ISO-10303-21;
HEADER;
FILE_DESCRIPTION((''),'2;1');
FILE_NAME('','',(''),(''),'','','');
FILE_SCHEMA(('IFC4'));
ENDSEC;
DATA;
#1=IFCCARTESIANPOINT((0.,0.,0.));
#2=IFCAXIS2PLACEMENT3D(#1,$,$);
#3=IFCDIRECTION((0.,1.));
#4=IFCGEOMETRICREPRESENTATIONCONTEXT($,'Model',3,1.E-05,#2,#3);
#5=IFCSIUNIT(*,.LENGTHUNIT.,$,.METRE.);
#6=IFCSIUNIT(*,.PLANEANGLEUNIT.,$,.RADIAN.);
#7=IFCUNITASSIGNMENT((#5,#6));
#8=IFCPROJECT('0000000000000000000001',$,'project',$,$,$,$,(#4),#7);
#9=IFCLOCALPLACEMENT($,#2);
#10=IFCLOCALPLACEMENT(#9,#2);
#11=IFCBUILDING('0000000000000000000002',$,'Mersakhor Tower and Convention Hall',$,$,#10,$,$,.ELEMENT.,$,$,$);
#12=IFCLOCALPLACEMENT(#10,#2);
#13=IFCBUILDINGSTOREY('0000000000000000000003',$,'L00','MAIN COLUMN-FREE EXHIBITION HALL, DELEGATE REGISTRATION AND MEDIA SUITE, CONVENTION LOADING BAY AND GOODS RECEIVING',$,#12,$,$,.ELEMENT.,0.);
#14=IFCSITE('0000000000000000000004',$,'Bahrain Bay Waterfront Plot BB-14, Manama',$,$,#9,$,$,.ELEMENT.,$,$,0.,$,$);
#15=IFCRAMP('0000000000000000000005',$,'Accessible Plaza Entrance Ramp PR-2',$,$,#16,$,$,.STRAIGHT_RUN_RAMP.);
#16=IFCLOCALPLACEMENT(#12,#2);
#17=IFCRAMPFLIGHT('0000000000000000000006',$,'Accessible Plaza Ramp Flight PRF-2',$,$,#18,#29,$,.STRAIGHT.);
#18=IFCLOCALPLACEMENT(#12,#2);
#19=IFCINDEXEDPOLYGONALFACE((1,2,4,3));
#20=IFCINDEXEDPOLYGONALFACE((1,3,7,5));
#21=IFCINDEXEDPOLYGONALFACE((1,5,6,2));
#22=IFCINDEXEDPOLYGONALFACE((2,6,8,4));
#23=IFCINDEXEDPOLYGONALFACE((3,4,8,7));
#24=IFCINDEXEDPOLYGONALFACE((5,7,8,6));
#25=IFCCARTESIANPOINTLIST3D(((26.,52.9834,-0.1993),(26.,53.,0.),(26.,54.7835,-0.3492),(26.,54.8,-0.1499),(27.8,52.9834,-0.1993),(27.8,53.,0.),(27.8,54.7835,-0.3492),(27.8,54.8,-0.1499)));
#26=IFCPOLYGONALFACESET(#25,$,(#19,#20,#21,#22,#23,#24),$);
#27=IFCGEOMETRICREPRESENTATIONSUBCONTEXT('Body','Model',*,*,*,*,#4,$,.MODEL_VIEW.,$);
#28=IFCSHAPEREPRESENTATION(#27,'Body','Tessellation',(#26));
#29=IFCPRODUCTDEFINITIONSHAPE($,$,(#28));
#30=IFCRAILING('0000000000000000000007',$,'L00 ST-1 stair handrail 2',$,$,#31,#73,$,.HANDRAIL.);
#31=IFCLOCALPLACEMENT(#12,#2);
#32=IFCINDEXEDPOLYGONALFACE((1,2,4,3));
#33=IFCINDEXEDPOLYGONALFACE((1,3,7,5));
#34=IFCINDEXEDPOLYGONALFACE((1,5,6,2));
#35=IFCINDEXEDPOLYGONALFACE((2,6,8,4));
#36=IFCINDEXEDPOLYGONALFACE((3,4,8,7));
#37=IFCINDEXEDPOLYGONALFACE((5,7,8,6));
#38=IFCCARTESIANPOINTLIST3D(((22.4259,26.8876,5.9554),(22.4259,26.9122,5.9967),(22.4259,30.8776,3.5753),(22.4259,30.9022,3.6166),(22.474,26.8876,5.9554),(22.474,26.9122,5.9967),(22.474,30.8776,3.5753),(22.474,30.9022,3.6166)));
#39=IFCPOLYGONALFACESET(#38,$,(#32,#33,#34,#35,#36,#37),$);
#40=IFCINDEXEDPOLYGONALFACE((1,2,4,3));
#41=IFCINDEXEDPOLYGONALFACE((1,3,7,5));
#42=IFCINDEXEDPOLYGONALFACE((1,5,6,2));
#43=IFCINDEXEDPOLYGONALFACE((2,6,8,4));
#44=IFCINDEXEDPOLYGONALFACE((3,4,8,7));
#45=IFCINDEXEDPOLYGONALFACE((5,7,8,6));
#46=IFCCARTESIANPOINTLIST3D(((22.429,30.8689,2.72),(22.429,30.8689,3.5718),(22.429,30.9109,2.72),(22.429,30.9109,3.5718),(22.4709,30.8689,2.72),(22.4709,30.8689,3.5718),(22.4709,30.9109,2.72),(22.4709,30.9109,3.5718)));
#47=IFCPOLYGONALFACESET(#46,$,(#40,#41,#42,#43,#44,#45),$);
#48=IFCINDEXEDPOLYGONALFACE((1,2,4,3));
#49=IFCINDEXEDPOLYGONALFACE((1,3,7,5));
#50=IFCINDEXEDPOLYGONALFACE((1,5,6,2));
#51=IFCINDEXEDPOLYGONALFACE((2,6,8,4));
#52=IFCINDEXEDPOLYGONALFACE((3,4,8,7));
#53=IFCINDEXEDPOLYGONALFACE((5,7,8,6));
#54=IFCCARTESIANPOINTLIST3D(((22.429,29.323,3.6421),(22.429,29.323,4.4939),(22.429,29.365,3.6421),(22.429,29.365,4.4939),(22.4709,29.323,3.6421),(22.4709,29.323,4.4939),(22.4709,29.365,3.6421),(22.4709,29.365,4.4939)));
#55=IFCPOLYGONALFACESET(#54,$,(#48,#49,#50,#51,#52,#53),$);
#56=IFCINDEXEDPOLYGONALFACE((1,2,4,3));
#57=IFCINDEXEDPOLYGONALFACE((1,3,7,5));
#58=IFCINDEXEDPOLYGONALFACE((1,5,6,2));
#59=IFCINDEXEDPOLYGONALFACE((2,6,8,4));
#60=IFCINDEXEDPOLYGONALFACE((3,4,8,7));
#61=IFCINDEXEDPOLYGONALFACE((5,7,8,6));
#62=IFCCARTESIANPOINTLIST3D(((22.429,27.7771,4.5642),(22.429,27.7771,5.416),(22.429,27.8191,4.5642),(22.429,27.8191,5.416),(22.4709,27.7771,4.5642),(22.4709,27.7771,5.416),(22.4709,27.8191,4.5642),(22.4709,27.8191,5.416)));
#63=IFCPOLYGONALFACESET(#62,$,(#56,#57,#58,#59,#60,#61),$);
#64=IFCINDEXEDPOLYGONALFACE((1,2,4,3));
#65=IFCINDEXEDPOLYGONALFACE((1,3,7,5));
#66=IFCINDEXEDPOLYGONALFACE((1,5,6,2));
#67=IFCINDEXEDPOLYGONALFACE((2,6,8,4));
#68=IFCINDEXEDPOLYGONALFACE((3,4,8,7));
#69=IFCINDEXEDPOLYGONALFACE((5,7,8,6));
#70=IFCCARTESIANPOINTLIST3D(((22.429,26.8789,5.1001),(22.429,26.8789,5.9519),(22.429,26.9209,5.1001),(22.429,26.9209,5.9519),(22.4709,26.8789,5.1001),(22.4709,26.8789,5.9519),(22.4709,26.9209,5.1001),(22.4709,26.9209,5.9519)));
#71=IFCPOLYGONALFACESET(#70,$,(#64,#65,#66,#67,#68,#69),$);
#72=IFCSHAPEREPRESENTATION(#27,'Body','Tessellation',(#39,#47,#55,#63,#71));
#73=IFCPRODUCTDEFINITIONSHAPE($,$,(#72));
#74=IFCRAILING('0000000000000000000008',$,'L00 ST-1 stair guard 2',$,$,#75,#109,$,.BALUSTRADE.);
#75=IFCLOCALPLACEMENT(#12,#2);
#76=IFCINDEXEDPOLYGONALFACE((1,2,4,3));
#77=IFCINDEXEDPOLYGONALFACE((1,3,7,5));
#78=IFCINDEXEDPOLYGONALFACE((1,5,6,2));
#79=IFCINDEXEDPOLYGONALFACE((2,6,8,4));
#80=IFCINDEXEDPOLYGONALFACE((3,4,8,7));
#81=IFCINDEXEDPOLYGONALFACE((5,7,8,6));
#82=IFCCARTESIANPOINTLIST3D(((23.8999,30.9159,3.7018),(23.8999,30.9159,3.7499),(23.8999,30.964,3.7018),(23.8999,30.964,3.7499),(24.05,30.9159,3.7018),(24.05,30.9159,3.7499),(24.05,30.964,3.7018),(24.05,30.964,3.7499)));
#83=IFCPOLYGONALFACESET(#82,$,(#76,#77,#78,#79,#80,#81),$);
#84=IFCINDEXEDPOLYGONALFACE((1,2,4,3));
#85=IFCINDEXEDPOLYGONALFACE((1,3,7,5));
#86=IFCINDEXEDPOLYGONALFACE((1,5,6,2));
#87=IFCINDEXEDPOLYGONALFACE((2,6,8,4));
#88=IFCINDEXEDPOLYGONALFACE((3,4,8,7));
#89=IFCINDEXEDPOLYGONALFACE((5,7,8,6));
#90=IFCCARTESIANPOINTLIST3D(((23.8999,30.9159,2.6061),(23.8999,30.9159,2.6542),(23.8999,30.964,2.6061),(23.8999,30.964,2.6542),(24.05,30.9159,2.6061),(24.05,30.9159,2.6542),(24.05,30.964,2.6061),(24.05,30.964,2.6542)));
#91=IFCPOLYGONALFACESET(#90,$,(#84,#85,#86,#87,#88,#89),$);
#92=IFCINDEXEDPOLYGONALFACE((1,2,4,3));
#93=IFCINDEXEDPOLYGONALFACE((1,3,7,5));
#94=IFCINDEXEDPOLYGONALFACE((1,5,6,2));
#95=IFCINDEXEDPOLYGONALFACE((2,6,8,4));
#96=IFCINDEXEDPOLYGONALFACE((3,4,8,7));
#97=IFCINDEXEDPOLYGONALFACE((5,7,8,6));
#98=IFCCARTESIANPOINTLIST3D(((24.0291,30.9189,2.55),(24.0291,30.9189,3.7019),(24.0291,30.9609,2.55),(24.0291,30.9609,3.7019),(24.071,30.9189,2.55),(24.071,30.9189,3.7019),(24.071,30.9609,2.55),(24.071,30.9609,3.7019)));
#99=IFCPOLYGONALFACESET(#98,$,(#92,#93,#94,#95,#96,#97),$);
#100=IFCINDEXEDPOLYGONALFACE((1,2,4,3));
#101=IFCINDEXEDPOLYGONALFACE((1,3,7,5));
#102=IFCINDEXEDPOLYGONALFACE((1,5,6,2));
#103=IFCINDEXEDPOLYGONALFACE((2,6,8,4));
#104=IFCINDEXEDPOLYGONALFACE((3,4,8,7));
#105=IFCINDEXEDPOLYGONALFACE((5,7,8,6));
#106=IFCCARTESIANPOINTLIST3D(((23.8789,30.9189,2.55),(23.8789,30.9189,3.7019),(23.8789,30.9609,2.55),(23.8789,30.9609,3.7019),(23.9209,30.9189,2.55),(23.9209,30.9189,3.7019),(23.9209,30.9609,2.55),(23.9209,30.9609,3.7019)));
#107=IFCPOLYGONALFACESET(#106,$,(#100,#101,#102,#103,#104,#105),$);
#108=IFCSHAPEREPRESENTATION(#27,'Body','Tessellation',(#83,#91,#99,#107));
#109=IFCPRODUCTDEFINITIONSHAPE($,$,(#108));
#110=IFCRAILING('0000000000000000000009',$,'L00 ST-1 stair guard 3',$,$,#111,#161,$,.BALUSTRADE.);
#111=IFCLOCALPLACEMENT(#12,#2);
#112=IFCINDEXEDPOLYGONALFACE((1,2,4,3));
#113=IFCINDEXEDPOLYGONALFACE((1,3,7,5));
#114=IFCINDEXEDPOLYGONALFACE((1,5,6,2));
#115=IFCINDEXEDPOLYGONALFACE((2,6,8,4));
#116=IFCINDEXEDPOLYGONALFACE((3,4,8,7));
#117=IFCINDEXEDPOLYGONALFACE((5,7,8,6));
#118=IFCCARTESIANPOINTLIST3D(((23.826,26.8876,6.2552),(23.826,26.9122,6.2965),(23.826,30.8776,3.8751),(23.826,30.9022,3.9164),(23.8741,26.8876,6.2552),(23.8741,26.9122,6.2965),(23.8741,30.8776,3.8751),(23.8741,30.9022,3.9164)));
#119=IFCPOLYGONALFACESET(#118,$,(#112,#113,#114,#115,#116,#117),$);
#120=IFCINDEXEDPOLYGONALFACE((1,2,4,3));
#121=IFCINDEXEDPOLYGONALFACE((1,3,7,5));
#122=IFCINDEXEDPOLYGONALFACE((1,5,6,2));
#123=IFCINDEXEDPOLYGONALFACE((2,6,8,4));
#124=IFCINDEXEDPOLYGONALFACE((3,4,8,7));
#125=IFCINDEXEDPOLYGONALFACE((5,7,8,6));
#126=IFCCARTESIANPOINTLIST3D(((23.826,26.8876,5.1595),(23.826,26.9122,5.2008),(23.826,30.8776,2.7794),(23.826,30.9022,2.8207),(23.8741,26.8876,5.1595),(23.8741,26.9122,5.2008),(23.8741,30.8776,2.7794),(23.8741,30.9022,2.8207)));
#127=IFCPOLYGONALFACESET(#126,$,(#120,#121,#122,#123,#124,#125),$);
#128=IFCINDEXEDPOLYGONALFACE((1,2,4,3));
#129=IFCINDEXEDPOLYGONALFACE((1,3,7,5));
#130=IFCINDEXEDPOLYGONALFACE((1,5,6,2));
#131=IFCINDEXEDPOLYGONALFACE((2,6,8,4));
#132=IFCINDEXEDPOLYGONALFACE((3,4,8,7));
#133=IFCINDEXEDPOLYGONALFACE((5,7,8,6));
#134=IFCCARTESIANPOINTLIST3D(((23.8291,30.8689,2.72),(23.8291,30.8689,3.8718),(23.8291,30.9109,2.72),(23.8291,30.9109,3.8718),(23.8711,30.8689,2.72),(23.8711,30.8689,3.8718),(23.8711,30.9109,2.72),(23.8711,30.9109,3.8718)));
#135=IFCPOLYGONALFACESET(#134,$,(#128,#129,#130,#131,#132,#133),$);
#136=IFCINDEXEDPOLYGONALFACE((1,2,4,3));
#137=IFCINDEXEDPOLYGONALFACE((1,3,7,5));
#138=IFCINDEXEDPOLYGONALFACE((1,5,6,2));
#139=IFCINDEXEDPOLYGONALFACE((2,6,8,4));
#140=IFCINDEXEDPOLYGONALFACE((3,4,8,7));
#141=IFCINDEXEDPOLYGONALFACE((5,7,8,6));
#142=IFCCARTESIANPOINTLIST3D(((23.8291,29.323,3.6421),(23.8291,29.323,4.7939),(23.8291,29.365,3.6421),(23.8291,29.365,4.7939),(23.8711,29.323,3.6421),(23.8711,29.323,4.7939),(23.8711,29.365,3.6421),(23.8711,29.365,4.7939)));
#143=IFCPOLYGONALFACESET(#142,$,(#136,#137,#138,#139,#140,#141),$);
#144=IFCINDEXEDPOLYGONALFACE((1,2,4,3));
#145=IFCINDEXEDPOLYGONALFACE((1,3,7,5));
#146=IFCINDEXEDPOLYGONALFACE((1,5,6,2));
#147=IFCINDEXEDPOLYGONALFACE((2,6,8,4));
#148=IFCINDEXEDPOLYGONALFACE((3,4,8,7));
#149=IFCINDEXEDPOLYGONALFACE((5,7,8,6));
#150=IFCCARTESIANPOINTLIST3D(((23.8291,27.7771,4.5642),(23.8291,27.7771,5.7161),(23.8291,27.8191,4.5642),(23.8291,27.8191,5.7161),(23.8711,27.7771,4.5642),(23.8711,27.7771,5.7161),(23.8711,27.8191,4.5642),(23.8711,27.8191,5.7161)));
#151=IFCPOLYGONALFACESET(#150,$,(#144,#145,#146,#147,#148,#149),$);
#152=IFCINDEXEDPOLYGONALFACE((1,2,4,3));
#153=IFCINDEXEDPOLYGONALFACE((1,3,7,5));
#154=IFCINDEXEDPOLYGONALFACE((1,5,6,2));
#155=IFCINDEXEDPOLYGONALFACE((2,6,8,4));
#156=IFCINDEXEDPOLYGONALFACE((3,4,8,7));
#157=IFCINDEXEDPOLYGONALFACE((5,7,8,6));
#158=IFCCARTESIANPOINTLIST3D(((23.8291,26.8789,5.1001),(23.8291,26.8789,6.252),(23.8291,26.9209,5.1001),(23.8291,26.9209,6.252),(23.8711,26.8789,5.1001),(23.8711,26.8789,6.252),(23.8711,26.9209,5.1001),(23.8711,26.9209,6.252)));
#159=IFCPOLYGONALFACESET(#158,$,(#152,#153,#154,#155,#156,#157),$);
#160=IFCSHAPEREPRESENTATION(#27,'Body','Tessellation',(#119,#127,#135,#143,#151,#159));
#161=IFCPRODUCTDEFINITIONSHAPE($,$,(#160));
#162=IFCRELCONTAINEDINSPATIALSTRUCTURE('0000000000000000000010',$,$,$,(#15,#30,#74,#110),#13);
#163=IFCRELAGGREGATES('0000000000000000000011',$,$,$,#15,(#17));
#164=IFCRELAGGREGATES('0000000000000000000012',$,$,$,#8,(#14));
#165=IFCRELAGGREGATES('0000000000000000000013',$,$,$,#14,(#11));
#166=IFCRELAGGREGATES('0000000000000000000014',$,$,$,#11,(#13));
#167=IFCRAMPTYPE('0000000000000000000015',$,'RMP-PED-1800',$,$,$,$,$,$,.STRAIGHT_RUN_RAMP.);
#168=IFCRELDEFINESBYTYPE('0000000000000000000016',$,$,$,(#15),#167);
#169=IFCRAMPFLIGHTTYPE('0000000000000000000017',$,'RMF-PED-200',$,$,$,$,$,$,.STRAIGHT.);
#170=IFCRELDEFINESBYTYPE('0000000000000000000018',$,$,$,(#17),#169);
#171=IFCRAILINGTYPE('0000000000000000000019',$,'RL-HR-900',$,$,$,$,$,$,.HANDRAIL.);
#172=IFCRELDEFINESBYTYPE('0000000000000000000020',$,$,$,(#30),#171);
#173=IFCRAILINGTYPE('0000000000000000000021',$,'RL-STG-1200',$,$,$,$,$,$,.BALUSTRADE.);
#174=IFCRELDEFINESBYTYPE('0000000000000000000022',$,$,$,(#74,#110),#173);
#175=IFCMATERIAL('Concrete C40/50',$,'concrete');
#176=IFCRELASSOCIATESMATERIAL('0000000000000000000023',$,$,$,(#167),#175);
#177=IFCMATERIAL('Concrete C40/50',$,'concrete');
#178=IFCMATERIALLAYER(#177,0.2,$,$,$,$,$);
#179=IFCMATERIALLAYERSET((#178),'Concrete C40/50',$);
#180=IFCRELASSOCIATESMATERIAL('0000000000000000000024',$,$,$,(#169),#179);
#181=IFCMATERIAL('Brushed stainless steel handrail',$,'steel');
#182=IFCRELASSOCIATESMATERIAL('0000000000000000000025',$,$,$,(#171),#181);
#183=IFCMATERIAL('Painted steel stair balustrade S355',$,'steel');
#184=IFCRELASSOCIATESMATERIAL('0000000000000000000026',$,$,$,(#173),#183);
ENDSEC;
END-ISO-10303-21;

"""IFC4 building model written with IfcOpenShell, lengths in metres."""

from ifc_helpers import new_model, si_unit, direction, frame, origin, origin_2d, place, context, subcontext, project, spatial, polyline, rectangle, outline, extrude, material, layer, layer_set, type_object, element, aggregate, save


model = new_model("IFC4")

# Units and contexts
model_context = context("Model", 3, precision=1e-05, world=origin(), true_north=direction((0.0, 1.0)))
body_context = subcontext(model_context, "Body", "Model", "MODEL_VIEW")
ifc_project = project(units=[si_unit("LENGTHUNIT", "METRE"), si_unit("PLANEANGLEUNIT", "RADIAN")], contexts=[model_context])

# Site, building, storey
site_placement = place(None, origin())
site = spatial("IfcSite", under=ifc_project, at=site_placement, Name="Bahrain Bay Waterfront Plot BB-14, Manama", CompositionType="ELEMENT", RefElevation=0.0)
building_placement = place(site_placement, origin())
building = spatial("IfcBuilding", under=site, at=building_placement, Name="Mersakhor Tower and Convention Hall", CompositionType="ELEMENT")
storey_placement = place(building_placement, origin())
storey = spatial("IfcBuildingStorey", under=building, at=storey_placement, Name="L00", Description="MAIN COLUMN-FREE EXHIBITION HALL, DELEGATE REGISTRATION AND MEDIA SUITE, CONVENTION LOADING BAY AND GOODS RECEIVING", CompositionType="ELEMENT", Elevation=0.0)

# Ramp, ramp flight
ifc_material_1 = material(Name="Concrete C40/50", Category="concrete")
ramp_type = type_object("IfcRampType", Name="RMP-PED-1800", PredefinedType="STRAIGHT_RUN_RAMP", material=ifc_material_1)
ifc_material_2 = material(Name="Concrete C40/50", Category="concrete")
ifc_layer_1 = layer(ifc_material_2, 0.2)
ifc_layer_set_1 = layer_set([ifc_layer_1], Name="Concrete C40/50")
ramp_flight_type = type_object("IfcRampFlightType", Name="RMF-PED-200", PredefinedType="STRAIGHT", material=ifc_layer_set_1)
ramp_1_placement = place(storey_placement, origin())
ramp_1 = element("IfcRamp", 1, at=ramp_1_placement, inside=storey, type_object=ramp_type, Name="Accessible Plaza Entrance Ramp PR-2", PredefinedType="STRAIGHT_RUN_RAMP")
ramp_flight_1_placement = place(storey_placement, frame((26.0, 54.8, -0.1499), z_axis=(0.0, 0.08299, 0.99655), x_axis=(1.0, 0.0, 0.0)))
ramp_flight_1 = element("IfcRampFlight", 2, at=ramp_flight_1_placement, type_object=ramp_flight_type, Name="Accessible Plaza Ramp Flight PRF-2", PredefinedType="STRAIGHT", context=body_context, shape_type="SweptSolid", body=[
    extrude(outline(polyline([(0.0, 0.0), (1.8, 0.0), (1.8, -1.8063), (0.0, -1.8063), (0.0, 0.0)])), origin(), (0.0, 0.0, -1.0), 0.2),
])
aggregate(ramp_1, [ramp_flight_1])

# Railings
ifc_material_3 = material(Name="Brushed stainless steel handrail", Category="steel")
railing_type_1 = type_object("IfcRailingType", Name="RL-HR-900", PredefinedType="HANDRAIL", material=ifc_material_3)
railing_1_placement = place(storey_placement, frame((22.45, 30.8899, 2.72)))
element("IfcRailing", 3, at=railing_1_placement, inside=storey, type_object=railing_type_1, Name="L00 ST-1 stair handrail 2", PredefinedType="HANDRAIL", context=body_context, shape_type="SweptSolid", body=[
    extrude(rectangle(XDim=0.0481, YDim=0.0481, at=origin_2d()), frame((0.0, 0.0, 0.876), z_axis=(0.0, -0.858807, 0.512299), x_axis=(1.0, 0.0, 0.0)), (0.0, 0.0, 1.0), 4.646),
    extrude(rectangle(XDim=0.042, YDim=0.042, at=origin_2d()), origin(), (0.0, 0.0, 1.0), 0.8518),
    extrude(rectangle(XDim=0.042, YDim=0.042, at=origin_2d()), frame((0.0, -1.5459, 0.9221)), (0.0, 0.0, 1.0), 0.8518),
    extrude(rectangle(XDim=0.042, YDim=0.042, at=origin_2d()), frame((0.0, -3.0918, 1.8442)), (0.0, 0.0, 1.0), 0.8518),
    extrude(rectangle(XDim=0.042, YDim=0.042, at=origin_2d()), frame((0.0, -3.99, 2.3801)), (0.0, 0.0, 1.0), 0.8518),
])
ifc_material_4 = material(Name="Painted steel stair balustrade S355", Category="steel")
railing_type_2 = type_object("IfcRailingType", Name="RL-STG-1200", PredefinedType="BALUSTRADE", material=ifc_material_4)
railing_2_placement = place(storey_placement, frame((24.05, 30.9399, 2.55)))
element("IfcRailing", 4, at=railing_2_placement, inside=storey, type_object=railing_type_2, Name="L00 ST-1 stair guard 2", PredefinedType="BALUSTRADE", context=body_context, shape_type="SweptSolid", body=[
    extrude(rectangle(XDim=0.0481, YDim=0.0481, at=origin_2d()), frame((0.0, 0.0, 1.1758), z_axis=(-1.0, 0.0, 0.0), x_axis=(0.0, -1.0, 0.0)), (0.0, 0.0, 1.0), 0.1501),
    extrude(rectangle(XDim=0.0481, YDim=0.0481, at=origin_2d()), frame((0.0, 0.0, 0.0801), z_axis=(-1.0, 0.0, 0.0), x_axis=(0.0, -1.0, 0.0)), (0.0, 0.0, 1.0), 0.1501),
    extrude(rectangle(XDim=0.042, YDim=0.042, at=origin_2d()), origin(), (0.0, 0.0, 1.0), 1.1519),
    extrude(rectangle(XDim=0.042, YDim=0.042, at=origin_2d()), frame((-0.1501, 0.0, 0.0)), (0.0, 0.0, 1.0), 1.1519),
])
railing_3_placement = place(storey_placement, frame((23.8501, 30.8899, 2.72)))
element("IfcRailing", 5, at=railing_3_placement, inside=storey, type_object=railing_type_2, Name="L00 ST-1 stair guard 3", PredefinedType="BALUSTRADE", context=body_context, shape_type="SweptSolid", body=[
    extrude(rectangle(XDim=0.0481, YDim=0.0481, at=origin_2d()), frame((0.0, 0.0, 1.1758), z_axis=(0.0, -0.858807, 0.512299), x_axis=(1.0, 0.0, 0.0)), (0.0, 0.0, 1.0), 4.646),
    extrude(rectangle(XDim=0.0481, YDim=0.0481, at=origin_2d()), frame((0.0, 0.0, 0.0801), z_axis=(0.0, -0.858807, 0.512299), x_axis=(1.0, 0.0, 0.0)), (0.0, 0.0, 1.0), 4.646),
    extrude(rectangle(XDim=0.042, YDim=0.042, at=origin_2d()), origin(), (0.0, 0.0, 1.0), 1.1519),
    extrude(rectangle(XDim=0.042, YDim=0.042, at=origin_2d()), frame((0.0, -1.5459, 0.9221)), (0.0, 0.0, 1.0), 1.1519),
    extrude(rectangle(XDim=0.042, YDim=0.042, at=origin_2d()), frame((0.0, -3.0918, 1.8442)), (0.0, 0.0, 1.0), 1.1519),
    extrude(rectangle(XDim=0.042, YDim=0.042, at=origin_2d()), frame((0.0, -3.99, 2.3801)), (0.0, 0.0, 1.0), 1.1519),
])

save(model, "model.ifc")
